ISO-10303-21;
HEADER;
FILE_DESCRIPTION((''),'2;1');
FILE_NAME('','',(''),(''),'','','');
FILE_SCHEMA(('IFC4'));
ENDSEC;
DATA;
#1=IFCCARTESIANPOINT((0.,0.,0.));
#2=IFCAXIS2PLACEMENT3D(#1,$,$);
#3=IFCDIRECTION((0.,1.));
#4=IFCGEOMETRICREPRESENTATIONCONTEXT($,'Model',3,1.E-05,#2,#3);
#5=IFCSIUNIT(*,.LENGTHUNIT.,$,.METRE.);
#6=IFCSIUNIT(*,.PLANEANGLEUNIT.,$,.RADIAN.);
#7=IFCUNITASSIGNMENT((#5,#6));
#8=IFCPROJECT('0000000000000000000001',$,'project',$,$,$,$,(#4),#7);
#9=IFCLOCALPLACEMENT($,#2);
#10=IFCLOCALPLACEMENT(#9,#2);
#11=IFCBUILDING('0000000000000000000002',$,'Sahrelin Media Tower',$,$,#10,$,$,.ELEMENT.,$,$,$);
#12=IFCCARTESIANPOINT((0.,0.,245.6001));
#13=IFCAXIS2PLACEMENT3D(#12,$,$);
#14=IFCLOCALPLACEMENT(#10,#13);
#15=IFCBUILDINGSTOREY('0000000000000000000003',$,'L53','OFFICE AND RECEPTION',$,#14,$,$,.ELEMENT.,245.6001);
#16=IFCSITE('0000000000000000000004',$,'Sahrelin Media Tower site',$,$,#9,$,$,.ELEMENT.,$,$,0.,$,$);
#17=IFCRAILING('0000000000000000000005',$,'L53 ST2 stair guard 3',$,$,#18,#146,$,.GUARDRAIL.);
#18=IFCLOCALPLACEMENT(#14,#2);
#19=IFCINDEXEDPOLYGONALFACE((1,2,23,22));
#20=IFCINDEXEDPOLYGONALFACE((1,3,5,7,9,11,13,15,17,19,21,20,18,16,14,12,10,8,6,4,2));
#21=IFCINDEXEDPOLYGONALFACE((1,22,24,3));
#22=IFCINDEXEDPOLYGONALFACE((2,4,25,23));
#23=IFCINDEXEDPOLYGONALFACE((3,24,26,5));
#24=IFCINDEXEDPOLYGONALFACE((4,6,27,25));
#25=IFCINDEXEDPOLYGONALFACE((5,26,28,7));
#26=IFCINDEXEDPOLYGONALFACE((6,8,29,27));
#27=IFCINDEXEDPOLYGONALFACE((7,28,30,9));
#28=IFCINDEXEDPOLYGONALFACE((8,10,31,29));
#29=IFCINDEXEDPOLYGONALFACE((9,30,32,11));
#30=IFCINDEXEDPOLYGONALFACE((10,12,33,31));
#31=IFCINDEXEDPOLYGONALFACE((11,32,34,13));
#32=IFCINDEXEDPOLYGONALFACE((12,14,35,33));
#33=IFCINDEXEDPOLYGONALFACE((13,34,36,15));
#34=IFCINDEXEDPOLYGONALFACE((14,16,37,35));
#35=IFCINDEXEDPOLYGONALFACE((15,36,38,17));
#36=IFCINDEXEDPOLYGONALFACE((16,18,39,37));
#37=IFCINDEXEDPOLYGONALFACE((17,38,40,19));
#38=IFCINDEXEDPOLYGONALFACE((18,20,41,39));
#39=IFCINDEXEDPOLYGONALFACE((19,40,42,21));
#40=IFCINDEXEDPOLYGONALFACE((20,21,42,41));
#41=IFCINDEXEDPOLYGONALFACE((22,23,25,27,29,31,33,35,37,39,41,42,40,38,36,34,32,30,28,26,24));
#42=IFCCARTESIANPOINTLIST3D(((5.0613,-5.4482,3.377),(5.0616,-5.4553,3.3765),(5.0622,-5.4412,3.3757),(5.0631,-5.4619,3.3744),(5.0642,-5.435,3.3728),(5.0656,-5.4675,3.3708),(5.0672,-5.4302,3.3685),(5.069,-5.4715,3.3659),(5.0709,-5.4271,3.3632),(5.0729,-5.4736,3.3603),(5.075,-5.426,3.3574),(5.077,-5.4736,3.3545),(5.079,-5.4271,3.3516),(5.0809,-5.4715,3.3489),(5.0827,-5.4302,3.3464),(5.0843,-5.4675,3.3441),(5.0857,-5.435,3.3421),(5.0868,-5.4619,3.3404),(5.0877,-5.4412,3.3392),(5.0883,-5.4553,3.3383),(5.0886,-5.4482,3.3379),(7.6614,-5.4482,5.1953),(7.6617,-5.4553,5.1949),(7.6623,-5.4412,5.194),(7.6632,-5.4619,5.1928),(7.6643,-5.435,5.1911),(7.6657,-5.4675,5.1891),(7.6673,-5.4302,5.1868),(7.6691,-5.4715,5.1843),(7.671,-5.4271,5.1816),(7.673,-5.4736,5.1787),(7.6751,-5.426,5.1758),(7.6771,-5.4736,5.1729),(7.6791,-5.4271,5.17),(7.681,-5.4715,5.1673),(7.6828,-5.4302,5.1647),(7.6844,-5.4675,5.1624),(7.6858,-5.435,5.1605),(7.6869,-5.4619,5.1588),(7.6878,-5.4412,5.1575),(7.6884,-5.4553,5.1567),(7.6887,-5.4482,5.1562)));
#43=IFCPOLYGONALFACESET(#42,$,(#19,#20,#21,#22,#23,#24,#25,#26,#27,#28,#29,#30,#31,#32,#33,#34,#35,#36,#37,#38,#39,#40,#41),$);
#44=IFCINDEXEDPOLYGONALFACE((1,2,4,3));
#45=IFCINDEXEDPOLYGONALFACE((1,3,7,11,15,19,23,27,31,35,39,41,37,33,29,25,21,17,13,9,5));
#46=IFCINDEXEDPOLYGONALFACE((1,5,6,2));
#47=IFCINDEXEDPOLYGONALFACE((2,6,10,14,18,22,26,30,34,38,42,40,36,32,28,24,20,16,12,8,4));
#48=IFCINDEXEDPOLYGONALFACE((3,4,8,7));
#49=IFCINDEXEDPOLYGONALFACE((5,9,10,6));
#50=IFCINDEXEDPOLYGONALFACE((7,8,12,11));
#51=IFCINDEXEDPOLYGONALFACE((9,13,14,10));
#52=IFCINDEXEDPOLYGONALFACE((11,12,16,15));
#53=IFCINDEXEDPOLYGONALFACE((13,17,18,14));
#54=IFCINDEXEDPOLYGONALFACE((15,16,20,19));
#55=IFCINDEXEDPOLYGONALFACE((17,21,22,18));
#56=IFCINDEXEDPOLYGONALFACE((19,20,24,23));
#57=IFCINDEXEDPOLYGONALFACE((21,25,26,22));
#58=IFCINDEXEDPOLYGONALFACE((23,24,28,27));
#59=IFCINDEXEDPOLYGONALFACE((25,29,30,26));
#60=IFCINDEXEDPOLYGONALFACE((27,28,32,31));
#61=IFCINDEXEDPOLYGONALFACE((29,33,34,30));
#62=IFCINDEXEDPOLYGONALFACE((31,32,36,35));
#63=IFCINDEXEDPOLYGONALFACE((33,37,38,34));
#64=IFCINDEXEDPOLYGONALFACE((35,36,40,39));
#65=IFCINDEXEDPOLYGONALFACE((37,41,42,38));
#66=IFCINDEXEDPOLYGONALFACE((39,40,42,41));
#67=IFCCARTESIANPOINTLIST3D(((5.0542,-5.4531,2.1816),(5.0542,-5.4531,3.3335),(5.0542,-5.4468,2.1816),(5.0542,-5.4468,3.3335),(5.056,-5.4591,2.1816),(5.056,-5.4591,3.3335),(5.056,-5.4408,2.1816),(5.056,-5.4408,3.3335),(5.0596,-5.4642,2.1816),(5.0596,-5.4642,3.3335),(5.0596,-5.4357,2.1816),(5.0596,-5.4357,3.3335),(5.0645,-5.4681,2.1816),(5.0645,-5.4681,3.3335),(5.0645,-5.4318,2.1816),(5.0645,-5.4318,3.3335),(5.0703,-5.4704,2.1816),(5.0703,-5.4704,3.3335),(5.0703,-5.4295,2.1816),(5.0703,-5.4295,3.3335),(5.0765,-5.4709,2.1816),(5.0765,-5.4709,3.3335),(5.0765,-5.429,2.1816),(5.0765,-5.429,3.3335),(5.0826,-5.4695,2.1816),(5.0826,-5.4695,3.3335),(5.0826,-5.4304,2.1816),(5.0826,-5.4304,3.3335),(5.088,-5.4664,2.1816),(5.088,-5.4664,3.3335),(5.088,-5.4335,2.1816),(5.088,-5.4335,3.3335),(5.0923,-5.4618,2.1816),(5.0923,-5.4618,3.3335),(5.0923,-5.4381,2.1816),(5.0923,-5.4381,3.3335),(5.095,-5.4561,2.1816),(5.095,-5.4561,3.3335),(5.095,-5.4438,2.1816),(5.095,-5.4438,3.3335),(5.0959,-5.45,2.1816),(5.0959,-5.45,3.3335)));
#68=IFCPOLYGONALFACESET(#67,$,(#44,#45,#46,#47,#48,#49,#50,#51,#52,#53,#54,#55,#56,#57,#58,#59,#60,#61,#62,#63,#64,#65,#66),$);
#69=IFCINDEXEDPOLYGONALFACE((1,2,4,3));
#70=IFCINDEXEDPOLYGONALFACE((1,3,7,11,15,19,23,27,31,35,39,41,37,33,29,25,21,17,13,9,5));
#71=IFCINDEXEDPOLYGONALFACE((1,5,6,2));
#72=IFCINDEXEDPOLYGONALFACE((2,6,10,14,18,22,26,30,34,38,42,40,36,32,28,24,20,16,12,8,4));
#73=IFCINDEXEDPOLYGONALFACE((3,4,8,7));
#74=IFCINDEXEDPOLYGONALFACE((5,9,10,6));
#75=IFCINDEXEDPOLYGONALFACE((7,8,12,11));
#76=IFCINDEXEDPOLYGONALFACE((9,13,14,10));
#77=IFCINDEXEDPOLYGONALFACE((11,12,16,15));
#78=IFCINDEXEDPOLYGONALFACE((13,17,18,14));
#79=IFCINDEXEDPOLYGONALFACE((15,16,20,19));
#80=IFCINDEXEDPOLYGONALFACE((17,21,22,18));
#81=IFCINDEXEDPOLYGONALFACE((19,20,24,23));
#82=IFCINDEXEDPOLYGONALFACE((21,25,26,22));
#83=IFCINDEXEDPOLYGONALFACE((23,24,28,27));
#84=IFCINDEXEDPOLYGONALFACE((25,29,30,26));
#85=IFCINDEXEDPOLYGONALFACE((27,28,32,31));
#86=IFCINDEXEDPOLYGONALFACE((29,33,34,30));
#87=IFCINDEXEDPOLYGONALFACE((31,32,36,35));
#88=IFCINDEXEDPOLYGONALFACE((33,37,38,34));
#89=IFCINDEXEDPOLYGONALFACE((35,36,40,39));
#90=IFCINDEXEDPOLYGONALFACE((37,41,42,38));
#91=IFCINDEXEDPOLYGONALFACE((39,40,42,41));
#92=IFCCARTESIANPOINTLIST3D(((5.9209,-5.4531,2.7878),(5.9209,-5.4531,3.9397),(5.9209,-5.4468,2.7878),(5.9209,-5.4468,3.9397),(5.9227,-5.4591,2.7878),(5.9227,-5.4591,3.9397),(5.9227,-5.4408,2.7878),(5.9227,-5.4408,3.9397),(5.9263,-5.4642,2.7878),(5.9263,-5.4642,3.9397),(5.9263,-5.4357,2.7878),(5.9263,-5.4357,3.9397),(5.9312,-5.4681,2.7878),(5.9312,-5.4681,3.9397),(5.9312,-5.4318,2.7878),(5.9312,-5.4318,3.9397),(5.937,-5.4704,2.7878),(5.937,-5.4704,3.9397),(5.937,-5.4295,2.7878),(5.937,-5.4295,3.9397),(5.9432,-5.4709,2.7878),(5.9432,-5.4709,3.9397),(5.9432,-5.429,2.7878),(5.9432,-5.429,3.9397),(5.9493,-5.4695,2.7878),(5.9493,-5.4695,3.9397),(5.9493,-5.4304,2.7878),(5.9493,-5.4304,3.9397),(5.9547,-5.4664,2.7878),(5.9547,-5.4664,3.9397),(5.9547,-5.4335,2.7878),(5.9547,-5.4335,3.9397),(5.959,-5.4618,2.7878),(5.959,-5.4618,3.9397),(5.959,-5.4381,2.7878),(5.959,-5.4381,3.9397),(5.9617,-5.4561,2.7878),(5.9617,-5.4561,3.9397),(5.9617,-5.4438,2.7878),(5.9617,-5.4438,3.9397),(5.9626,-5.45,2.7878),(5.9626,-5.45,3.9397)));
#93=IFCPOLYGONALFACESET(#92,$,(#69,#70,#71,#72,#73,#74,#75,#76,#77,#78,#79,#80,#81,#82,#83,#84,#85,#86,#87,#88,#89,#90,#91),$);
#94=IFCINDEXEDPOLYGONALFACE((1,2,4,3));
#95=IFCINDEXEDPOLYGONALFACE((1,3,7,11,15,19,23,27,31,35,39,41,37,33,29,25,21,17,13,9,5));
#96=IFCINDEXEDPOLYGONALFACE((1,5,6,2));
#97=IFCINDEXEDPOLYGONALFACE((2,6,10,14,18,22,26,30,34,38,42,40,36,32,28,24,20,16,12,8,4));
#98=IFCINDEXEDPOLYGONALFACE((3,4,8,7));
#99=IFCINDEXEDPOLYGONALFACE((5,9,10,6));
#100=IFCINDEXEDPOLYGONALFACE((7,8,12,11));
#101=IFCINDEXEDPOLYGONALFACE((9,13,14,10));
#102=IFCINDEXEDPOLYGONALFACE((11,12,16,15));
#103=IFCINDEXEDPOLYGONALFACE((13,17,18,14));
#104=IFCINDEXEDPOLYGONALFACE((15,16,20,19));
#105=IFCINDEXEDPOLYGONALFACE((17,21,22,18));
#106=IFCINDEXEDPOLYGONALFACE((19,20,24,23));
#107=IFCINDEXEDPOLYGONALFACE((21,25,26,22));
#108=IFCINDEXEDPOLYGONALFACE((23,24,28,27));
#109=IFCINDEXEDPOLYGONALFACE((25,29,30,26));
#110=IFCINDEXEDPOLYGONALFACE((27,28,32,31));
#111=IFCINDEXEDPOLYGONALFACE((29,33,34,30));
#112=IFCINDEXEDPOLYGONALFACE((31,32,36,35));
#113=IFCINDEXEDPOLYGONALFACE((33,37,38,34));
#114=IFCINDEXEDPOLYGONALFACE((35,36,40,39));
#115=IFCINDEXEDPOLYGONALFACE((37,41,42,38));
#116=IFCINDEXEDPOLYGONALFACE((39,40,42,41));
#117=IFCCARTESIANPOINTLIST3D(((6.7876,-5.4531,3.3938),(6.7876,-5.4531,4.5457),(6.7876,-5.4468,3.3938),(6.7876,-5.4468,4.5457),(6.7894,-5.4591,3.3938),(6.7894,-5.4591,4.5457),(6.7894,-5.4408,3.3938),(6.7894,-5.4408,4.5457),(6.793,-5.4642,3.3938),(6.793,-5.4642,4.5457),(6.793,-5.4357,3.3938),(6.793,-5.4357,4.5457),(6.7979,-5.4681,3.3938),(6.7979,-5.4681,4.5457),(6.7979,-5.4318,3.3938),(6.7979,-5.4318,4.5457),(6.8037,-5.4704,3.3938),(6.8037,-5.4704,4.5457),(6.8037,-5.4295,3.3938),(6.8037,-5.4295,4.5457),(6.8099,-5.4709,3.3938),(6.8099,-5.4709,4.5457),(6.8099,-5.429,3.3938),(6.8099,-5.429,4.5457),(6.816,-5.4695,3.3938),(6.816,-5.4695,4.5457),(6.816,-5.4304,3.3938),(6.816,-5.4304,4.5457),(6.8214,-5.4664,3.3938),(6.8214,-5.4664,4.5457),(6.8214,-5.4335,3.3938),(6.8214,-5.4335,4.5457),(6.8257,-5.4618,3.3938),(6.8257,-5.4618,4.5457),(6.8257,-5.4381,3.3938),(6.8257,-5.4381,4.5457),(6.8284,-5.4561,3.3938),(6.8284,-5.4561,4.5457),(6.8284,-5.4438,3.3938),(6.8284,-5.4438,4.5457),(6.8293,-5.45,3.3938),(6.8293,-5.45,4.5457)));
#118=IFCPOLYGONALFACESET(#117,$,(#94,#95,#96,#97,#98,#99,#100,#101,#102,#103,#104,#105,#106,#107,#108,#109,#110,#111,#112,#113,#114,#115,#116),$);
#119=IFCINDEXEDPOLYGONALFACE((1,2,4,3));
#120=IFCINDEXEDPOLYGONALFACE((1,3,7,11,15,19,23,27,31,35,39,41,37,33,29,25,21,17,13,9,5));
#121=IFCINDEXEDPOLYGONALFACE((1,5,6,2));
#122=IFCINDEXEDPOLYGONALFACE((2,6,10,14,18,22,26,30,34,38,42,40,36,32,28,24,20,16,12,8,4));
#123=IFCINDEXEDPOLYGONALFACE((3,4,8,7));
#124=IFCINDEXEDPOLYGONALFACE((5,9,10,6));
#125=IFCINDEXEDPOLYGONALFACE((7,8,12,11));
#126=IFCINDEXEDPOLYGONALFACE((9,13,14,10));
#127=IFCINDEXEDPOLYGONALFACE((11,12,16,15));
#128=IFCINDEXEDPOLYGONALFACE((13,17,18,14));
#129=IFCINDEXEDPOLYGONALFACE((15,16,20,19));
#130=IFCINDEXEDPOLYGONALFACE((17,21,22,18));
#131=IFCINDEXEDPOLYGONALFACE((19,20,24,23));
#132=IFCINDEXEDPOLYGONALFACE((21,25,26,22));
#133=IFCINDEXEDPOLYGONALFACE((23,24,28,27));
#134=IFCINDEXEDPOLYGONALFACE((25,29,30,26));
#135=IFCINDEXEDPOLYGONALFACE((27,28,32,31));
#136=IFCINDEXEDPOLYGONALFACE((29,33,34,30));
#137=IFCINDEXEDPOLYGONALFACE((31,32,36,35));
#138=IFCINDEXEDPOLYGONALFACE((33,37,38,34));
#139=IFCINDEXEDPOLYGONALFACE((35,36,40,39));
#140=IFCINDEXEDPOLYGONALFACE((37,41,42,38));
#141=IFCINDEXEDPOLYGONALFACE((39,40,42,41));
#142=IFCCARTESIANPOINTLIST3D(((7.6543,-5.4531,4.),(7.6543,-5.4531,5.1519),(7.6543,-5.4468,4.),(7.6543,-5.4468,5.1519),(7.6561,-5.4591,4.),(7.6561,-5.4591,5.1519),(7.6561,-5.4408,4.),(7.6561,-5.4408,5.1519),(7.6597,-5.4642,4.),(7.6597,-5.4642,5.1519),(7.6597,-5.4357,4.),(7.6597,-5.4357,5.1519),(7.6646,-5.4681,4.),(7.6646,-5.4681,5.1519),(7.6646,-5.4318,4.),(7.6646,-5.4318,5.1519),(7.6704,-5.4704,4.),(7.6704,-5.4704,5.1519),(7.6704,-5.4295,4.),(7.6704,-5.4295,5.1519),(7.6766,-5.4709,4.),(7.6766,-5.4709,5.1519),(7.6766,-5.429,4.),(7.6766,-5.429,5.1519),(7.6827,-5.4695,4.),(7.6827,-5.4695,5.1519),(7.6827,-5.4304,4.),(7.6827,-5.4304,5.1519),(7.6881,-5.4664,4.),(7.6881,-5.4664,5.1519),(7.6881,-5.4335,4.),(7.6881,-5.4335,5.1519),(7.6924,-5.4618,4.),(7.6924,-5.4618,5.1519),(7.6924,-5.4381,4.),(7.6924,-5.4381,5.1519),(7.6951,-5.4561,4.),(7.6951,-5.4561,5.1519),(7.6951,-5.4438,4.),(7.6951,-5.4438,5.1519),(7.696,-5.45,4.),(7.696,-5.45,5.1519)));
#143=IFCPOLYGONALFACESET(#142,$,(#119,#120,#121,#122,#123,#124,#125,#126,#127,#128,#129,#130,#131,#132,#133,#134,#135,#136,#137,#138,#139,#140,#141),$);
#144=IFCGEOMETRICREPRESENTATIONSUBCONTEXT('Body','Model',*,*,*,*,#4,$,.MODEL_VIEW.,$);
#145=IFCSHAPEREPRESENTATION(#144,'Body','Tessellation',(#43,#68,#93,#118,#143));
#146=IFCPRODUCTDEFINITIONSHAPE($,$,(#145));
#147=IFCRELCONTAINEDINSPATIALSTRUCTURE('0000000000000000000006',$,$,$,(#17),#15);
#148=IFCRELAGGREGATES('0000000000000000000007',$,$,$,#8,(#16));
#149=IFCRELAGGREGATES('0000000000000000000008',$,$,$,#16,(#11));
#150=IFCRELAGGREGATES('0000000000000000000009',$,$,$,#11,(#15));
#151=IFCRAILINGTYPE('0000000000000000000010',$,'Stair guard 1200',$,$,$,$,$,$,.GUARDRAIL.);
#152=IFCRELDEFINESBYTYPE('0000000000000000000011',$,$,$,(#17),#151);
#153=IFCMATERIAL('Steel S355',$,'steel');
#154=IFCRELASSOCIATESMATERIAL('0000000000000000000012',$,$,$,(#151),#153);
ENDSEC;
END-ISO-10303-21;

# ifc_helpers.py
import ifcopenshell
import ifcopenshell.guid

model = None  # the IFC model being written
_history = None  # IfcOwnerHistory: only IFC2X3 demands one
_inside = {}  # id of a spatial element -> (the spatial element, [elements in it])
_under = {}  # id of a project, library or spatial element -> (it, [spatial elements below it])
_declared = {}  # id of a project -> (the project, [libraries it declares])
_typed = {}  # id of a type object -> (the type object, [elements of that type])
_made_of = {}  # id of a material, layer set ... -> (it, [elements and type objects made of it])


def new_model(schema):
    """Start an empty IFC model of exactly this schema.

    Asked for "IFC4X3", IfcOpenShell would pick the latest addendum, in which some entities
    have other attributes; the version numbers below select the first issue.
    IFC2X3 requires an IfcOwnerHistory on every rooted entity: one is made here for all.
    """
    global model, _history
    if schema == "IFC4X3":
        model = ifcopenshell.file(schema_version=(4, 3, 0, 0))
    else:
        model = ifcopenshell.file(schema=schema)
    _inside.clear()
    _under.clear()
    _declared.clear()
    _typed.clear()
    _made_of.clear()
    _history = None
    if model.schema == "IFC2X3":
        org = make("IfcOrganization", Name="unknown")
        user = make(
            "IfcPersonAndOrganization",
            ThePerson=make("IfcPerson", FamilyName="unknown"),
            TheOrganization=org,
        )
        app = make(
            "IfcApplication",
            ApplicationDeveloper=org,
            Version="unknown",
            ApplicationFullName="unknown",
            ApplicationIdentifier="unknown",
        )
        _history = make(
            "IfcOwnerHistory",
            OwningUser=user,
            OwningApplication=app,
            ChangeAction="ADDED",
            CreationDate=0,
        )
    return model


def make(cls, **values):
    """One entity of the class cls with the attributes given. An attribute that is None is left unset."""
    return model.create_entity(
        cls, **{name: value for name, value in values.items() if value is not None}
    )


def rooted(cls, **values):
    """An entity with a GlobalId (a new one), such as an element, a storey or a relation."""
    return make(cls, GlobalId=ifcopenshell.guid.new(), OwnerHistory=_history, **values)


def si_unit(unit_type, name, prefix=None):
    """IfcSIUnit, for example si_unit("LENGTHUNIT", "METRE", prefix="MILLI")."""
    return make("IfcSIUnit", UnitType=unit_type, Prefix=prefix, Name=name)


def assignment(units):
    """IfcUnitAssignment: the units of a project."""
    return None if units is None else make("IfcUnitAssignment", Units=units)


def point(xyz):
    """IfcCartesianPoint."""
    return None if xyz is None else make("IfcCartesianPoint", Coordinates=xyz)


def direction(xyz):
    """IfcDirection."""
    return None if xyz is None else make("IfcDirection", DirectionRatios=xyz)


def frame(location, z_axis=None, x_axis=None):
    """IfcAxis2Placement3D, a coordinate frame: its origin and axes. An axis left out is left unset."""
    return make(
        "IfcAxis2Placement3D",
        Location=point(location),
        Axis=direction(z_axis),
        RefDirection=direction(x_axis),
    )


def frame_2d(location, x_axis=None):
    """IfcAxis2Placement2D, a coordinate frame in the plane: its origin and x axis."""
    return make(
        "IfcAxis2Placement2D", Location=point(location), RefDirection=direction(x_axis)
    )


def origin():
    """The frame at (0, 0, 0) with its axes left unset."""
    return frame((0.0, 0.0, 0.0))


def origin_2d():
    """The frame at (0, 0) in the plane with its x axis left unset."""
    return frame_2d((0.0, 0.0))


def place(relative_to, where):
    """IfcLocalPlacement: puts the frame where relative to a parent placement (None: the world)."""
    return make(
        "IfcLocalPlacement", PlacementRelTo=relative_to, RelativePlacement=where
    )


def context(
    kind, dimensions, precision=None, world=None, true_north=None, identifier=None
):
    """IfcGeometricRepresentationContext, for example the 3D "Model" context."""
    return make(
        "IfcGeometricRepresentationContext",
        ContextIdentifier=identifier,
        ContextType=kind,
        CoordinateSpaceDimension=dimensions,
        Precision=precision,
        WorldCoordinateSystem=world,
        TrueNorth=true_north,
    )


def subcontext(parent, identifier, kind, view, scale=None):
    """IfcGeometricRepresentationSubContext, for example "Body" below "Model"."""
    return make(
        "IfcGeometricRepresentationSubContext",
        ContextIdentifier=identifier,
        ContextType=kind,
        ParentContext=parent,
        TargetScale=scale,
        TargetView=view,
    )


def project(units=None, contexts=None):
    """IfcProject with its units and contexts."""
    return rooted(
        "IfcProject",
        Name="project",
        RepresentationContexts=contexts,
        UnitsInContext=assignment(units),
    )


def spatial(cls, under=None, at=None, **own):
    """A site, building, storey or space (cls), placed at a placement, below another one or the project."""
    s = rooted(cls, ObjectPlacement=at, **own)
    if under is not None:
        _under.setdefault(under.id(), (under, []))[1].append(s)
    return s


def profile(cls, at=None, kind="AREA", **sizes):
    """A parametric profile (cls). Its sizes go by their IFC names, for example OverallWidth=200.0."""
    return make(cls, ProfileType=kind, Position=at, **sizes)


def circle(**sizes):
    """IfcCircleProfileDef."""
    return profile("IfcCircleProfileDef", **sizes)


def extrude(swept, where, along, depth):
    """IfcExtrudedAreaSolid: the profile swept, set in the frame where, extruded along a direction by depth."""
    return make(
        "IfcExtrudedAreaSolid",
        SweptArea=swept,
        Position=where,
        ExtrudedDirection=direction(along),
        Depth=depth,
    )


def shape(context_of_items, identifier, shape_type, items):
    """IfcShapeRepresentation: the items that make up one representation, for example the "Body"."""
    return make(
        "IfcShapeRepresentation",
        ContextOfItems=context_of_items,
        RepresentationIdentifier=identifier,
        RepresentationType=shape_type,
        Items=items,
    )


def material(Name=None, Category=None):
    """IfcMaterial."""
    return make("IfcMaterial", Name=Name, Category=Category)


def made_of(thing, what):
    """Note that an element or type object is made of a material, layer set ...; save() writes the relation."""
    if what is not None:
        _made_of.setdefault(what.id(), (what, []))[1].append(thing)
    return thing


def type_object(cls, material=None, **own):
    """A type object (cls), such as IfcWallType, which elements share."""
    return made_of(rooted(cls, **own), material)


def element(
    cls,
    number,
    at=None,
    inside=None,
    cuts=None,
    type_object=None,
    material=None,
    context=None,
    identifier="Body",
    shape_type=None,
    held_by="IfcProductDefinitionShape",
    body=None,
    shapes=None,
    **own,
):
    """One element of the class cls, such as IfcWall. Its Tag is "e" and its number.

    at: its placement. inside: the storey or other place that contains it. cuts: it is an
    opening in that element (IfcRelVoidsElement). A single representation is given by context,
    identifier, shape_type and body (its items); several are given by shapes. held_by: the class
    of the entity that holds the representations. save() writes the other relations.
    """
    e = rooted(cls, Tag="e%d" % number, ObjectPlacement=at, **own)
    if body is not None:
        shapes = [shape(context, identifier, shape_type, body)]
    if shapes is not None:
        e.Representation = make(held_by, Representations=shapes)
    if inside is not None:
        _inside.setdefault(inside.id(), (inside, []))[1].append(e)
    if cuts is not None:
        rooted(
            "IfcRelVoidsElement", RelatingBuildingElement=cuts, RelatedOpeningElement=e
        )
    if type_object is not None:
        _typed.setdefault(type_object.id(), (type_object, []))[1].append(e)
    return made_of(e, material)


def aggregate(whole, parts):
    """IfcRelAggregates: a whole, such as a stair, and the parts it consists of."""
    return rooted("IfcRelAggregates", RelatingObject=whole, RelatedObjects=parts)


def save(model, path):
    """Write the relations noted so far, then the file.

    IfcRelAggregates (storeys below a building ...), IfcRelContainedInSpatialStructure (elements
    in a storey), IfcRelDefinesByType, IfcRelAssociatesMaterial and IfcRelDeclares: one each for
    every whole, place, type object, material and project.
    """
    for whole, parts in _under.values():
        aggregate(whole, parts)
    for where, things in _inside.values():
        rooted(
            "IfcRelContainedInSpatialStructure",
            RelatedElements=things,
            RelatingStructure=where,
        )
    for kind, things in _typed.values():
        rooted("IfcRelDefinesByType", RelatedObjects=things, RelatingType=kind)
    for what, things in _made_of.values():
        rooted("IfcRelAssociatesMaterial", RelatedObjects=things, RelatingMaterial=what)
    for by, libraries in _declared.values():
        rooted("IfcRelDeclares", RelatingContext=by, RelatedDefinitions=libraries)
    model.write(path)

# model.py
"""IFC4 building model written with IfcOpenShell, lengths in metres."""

from ifc_helpers import new_model, si_unit, direction, frame, origin, origin_2d, place, context, subcontext, project, spatial, circle, extrude, material, type_object, element, save


model = new_model("IFC4")

# Units and contexts
model_context = context("Model", 3, precision=1e-05, world=origin(), true_north=direction((0.0, 1.0)))
body_context = subcontext(model_context, "Body", "Model", "MODEL_VIEW")
ifc_project = project(units=[si_unit("LENGTHUNIT", "METRE"), si_unit("PLANEANGLEUNIT", "RADIAN")], contexts=[model_context])

# Site, building, storey
site_placement = place(None, origin())
site = spatial("IfcSite", under=ifc_project, at=site_placement, Name="Sahrelin Media Tower site", CompositionType="ELEMENT", RefElevation=0.0)
building_placement = place(site_placement, origin())
building = spatial("IfcBuilding", under=site, at=building_placement, Name="Sahrelin Media Tower", CompositionType="ELEMENT")
storey_placement = place(building_placement, frame((0.0, 0.0, 245.6001)))
storey = spatial("IfcBuildingStorey", under=building, at=storey_placement, Name="L53", Description="OFFICE AND RECEPTION", CompositionType="ELEMENT", Elevation=245.6001)

# Shared definitions
ifc_material_1 = material(Name="Steel S355", Category="steel")

# Railing
railing_type_1 = type_object("IfcRailingType", Name="Stair guard 1200", PredefinedType="GUARDRAIL", material=ifc_material_1)
railing_1_placement = place(storey_placement, frame((5.075, -5.45, 2.1816)))
element("IfcRailing", 1, at=railing_1_placement, inside=storey, type_object=railing_type_1, Name="L53 ST2 stair guard 3", PredefinedType="GUARDRAIL", context=body_context, shape_type="SweptSolid", body=[
    extrude(circle(Radius=0.0239, at=origin_2d()), frame((0.0, 0.0, 1.1758), z_axis=(0.819485, 0.0, 0.573101), x_axis=(0.0, 1.0, 0.0)), (0.0, 0.0, 1.0), 3.1729),
    extrude(circle(Radius=0.021, at=origin_2d()), origin(), (0.0, 0.0, 1.0), 1.1519),
    extrude(circle(Radius=0.021, at=origin_2d()), frame((0.8667, 0.0, 0.6062)), (0.0, 0.0, 1.0), 1.1519),
    extrude(circle(Radius=0.021, at=origin_2d()), frame((1.7334, 0.0, 1.2122)), (0.0, 0.0, 1.0), 1.1519),
    extrude(circle(Radius=0.021, at=origin_2d()), frame((2.6001, 0.0, 1.8184)), (0.0, 0.0, 1.0), 1.1519),
])

save(model, "model.ifc")
